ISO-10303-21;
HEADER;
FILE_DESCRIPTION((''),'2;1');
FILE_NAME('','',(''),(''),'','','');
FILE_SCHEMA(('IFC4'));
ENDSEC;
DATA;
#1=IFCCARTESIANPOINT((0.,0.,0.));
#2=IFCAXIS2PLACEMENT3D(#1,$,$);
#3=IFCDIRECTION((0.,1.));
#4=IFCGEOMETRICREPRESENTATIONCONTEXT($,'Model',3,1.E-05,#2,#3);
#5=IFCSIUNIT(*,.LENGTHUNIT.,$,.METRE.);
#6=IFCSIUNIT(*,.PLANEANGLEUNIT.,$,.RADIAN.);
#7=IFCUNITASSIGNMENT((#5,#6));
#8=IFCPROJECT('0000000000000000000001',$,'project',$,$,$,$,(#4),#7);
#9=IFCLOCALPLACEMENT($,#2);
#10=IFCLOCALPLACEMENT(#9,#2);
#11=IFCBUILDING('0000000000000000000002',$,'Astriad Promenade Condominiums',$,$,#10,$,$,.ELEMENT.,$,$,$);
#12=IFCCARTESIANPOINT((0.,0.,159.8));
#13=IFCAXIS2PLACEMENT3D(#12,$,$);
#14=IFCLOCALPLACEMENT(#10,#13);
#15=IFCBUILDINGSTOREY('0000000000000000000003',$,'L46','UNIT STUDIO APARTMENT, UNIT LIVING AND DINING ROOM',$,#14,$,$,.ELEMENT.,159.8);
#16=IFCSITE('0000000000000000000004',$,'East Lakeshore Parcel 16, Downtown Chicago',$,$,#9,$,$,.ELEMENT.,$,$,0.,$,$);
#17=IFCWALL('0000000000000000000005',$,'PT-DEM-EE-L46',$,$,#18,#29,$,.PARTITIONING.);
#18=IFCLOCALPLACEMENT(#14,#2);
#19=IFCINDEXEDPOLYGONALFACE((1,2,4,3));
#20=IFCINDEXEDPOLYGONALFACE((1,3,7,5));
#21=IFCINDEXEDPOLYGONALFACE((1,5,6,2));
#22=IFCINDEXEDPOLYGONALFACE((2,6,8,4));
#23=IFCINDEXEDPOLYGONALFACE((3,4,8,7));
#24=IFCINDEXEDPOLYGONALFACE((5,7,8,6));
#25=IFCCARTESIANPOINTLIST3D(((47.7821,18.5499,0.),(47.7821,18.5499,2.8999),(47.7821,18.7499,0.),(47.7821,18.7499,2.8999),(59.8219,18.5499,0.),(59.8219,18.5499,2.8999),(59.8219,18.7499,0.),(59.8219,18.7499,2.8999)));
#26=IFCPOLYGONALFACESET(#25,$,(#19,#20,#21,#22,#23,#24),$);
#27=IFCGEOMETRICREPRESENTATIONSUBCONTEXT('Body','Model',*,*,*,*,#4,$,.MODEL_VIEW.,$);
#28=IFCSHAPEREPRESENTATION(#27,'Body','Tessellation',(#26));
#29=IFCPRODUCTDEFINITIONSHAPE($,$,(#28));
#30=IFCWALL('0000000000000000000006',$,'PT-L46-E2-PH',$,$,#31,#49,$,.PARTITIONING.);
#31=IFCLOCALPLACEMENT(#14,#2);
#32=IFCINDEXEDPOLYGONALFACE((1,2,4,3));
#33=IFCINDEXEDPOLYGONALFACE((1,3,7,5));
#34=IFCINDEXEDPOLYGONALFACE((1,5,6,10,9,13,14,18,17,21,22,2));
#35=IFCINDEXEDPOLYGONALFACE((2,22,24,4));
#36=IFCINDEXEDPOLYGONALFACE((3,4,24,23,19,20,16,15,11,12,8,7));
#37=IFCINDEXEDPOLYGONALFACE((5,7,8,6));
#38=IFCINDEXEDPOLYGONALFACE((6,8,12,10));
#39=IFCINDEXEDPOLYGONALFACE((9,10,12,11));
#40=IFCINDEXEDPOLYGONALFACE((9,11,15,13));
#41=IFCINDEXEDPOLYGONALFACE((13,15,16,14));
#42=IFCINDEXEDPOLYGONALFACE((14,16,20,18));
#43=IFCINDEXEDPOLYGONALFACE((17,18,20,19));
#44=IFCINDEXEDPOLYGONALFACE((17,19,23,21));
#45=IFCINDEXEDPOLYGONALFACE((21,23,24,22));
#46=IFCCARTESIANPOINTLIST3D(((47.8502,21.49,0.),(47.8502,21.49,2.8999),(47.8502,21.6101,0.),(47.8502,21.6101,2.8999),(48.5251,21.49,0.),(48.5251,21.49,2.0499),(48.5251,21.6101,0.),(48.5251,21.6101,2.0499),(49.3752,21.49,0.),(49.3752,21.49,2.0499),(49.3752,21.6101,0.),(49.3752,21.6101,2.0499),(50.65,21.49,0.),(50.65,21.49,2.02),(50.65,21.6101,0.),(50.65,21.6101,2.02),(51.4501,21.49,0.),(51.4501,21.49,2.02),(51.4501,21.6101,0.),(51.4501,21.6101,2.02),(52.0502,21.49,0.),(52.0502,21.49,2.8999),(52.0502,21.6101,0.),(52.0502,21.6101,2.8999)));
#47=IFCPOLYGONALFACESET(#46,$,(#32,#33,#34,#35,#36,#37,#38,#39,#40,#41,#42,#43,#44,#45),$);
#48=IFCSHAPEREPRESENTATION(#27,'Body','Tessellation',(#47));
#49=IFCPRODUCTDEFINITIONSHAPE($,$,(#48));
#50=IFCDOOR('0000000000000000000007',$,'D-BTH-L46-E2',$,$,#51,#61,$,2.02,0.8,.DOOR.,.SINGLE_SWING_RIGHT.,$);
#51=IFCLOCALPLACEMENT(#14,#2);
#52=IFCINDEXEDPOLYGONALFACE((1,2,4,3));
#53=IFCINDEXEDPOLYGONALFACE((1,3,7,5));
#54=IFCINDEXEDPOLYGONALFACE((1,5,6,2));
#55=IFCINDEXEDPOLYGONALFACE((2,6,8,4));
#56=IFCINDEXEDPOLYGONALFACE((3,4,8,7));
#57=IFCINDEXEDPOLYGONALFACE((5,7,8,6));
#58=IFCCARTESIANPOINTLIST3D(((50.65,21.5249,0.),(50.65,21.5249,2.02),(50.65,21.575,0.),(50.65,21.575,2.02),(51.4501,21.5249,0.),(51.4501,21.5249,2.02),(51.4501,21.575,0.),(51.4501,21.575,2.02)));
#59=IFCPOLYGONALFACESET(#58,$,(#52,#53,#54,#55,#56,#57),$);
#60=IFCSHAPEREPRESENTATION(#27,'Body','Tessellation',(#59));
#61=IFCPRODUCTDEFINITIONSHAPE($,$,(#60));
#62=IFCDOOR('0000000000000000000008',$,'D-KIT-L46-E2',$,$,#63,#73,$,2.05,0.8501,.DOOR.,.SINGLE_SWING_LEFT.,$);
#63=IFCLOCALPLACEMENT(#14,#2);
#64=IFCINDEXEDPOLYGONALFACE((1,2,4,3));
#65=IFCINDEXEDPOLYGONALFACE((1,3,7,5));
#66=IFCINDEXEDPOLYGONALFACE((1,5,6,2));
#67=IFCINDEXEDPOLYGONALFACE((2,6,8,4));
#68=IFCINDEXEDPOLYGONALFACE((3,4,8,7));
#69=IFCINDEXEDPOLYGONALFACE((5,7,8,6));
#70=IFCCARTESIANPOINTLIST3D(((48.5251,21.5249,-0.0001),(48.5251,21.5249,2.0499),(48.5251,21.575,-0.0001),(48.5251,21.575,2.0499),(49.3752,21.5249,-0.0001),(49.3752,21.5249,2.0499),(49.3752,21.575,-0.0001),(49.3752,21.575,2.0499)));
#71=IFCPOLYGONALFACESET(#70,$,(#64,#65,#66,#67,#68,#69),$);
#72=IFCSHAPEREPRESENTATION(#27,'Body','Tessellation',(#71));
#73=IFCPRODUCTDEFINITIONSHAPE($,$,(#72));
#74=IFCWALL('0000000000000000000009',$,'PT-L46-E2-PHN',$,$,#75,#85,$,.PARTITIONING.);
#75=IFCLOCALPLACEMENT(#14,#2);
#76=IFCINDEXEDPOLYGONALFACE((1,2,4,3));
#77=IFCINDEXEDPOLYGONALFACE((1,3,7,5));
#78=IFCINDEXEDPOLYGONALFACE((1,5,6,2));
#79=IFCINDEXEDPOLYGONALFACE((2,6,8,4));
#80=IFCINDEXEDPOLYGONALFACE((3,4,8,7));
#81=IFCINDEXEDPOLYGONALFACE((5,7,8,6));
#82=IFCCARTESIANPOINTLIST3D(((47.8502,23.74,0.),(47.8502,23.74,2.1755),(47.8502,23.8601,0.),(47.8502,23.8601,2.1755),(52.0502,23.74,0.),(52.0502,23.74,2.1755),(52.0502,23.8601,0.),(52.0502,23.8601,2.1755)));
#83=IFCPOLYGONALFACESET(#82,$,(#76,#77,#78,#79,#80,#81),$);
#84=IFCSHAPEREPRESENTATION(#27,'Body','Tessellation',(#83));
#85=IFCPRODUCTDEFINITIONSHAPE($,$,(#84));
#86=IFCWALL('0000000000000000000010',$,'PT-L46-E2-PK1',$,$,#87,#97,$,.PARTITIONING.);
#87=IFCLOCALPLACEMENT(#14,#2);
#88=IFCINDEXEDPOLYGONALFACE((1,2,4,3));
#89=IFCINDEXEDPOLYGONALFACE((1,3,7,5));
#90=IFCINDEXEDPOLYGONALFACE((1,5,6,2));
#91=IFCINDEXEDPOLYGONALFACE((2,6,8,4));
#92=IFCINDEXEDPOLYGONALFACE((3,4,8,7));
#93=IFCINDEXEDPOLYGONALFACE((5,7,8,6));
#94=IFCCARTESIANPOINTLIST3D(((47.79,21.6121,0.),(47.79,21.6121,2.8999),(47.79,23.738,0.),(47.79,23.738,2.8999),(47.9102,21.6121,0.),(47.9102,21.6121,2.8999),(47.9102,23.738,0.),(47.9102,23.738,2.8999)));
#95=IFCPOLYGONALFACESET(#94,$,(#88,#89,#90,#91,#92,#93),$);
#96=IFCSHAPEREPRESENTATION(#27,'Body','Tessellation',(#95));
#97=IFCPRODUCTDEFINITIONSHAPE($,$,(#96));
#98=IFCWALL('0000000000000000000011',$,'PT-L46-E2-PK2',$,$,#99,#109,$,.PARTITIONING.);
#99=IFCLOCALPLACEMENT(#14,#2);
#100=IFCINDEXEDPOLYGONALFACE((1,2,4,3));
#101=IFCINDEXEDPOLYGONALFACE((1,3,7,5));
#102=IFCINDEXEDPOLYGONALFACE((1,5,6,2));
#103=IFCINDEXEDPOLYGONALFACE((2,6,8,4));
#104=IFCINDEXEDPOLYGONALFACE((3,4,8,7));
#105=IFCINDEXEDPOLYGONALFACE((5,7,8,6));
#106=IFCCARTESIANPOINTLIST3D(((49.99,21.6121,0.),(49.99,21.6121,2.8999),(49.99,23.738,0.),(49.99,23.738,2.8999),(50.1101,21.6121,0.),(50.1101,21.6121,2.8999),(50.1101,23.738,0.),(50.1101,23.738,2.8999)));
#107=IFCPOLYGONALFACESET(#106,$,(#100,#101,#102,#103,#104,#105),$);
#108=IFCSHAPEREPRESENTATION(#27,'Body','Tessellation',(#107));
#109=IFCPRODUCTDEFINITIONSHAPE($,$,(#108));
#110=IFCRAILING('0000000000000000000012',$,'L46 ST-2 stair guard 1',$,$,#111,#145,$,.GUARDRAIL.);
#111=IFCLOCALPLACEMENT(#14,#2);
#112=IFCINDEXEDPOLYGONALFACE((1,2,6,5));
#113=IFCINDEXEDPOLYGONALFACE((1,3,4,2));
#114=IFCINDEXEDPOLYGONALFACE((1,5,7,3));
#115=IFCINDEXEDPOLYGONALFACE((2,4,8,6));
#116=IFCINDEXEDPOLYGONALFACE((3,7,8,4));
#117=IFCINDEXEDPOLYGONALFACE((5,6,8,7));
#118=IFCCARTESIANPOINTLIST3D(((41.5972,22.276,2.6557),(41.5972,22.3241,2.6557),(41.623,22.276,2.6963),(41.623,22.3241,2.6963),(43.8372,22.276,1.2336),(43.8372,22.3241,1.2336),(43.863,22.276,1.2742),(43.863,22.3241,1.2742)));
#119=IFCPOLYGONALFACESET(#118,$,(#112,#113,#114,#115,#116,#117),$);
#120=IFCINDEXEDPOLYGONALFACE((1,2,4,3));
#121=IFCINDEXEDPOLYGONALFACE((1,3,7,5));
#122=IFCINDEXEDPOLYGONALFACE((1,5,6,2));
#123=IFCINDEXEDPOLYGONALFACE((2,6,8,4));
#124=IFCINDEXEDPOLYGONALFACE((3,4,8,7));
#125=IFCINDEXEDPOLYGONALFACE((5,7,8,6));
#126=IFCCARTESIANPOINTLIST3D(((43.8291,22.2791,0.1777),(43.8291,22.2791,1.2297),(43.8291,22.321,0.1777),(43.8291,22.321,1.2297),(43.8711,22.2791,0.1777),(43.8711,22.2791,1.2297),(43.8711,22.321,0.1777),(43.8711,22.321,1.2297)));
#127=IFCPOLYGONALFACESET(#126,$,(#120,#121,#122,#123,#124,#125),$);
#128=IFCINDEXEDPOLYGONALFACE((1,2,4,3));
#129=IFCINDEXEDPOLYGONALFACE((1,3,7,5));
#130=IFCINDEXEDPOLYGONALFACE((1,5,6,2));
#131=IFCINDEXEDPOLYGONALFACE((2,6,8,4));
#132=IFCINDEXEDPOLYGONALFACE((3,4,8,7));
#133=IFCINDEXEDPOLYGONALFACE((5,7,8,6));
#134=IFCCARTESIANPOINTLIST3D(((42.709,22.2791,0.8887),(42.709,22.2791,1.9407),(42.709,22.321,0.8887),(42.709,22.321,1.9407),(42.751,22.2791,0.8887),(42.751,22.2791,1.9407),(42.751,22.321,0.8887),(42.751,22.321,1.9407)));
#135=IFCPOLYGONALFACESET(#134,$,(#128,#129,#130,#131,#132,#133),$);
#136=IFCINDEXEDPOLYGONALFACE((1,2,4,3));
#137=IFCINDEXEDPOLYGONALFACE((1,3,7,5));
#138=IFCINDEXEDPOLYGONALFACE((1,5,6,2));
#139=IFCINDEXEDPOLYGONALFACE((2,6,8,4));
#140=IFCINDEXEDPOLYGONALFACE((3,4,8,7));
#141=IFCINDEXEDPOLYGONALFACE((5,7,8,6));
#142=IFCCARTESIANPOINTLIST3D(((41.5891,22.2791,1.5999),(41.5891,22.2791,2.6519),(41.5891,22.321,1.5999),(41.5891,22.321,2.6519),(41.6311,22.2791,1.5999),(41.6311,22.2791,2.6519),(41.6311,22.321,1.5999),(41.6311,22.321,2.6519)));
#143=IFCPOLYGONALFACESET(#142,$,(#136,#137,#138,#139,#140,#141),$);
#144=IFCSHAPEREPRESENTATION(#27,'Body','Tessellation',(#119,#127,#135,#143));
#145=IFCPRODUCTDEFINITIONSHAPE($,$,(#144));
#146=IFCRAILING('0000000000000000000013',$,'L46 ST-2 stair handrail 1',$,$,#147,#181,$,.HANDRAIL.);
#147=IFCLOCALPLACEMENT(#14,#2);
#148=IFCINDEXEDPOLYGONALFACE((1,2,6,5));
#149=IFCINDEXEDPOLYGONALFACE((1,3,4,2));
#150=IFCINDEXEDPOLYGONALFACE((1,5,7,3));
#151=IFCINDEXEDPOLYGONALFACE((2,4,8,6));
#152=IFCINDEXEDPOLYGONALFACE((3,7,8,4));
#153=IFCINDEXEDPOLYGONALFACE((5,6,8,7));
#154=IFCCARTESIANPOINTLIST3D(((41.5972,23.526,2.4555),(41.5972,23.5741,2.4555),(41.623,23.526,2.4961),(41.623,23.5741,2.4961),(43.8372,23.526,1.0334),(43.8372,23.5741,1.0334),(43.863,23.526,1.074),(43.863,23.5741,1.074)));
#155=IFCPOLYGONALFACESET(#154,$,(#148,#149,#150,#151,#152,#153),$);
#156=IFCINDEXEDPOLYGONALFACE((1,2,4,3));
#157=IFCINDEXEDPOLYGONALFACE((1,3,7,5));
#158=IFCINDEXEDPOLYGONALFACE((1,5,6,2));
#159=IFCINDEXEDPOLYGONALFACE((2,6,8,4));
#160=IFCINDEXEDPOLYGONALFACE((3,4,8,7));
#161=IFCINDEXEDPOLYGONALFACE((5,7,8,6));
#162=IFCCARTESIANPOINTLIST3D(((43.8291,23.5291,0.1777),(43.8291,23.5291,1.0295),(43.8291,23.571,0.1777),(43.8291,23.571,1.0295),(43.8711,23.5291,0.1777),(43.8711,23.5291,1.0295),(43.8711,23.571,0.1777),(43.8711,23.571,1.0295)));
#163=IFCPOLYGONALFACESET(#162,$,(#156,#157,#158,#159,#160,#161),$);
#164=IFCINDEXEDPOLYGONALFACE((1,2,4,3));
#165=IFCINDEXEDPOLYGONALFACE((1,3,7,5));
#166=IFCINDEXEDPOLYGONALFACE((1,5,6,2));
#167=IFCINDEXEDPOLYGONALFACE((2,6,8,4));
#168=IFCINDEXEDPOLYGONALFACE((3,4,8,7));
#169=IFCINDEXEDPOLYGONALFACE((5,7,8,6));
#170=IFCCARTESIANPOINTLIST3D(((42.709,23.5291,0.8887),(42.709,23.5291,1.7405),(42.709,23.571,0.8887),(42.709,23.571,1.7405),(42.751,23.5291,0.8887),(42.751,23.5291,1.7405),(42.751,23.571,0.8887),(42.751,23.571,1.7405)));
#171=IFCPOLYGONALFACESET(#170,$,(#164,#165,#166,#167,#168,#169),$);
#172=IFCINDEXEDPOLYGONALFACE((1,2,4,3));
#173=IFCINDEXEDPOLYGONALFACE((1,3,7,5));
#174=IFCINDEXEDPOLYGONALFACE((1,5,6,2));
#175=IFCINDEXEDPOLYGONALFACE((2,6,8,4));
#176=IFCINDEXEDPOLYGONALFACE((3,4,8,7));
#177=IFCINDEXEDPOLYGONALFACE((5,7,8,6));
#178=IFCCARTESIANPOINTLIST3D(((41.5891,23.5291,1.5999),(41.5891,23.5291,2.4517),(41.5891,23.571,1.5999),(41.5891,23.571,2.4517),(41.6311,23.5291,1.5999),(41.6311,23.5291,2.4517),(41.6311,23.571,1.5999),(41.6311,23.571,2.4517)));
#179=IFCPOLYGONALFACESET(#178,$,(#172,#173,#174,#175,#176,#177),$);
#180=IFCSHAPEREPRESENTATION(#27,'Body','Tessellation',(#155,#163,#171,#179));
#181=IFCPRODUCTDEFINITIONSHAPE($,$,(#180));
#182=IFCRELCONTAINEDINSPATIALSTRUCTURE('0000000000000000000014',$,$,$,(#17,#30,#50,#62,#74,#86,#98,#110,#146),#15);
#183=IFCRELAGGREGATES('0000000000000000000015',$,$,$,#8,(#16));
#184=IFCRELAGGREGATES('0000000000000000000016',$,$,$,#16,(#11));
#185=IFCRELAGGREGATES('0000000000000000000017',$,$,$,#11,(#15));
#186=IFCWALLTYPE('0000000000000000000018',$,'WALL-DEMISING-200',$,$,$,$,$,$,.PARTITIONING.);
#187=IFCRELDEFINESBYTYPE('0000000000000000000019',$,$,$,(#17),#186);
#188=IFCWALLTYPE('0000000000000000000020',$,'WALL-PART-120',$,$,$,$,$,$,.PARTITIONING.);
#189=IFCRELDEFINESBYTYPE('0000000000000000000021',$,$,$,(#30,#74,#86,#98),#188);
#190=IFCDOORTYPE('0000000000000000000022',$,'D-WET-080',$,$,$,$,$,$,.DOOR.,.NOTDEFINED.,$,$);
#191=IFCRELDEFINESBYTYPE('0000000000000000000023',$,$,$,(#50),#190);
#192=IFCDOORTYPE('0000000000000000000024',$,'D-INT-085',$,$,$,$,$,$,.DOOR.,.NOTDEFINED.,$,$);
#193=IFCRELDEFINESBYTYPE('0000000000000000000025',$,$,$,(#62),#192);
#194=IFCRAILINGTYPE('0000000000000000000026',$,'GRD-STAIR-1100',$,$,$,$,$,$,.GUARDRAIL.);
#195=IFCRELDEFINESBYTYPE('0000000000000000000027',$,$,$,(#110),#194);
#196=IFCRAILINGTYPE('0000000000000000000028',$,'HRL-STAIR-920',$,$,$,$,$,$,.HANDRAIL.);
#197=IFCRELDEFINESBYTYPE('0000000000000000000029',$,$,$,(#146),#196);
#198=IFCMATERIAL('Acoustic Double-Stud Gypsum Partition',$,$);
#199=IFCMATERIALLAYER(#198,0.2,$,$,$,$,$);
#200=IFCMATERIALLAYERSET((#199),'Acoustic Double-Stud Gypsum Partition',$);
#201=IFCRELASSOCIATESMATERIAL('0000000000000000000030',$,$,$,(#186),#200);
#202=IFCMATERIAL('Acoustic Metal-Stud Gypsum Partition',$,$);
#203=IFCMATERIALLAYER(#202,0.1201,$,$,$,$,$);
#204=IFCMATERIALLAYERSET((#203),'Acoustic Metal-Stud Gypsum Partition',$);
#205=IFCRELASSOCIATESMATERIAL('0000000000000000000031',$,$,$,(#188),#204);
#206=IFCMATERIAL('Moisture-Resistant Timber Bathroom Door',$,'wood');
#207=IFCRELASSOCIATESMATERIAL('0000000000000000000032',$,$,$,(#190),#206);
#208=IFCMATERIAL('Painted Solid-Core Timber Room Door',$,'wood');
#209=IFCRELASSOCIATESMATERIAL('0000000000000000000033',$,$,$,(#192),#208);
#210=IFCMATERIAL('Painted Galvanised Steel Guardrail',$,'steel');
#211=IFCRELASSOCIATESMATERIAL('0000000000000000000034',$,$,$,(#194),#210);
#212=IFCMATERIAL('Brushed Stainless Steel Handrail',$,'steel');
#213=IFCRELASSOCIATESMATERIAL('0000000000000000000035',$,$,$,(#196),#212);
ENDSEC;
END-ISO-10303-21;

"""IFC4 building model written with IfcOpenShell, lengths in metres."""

from ifc_helpers import new_model, si_unit, direction, frame, frame_2d, origin, origin_2d, place, context, subcontext, project, spatial, rectangle, extrude, source, transform, mapped, material, layer, layer_set, type_object, type_shapes, element, fill, save


model = new_model("IFC4")

# Units and contexts
model_context = context("Model", 3, precision=1e-05, world=origin(), true_north=direction((0.0, 1.0)))
body_context = subcontext(model_context, "Body", "Model", "MODEL_VIEW")
ifc_project = project(units=[si_unit("LENGTHUNIT", "METRE"), si_unit("PLANEANGLEUNIT", "RADIAN")], contexts=[model_context])

# Site, building, storey
site_placement = place(None, origin())
site = spatial("IfcSite", under=ifc_project, at=site_placement, Name="East Lakeshore Parcel 16, Downtown Chicago", CompositionType="ELEMENT", RefElevation=0.0)
building_placement = place(site_placement, origin())
building = spatial("IfcBuilding", under=site, at=building_placement, Name="Astriad Promenade Condominiums", CompositionType="ELEMENT")
storey_placement = place(building_placement, frame((0.0, 0.0, 159.8)))
storey = spatial("IfcBuildingStorey", under=building, at=storey_placement, Name="L46", Description="UNIT STUDIO APARTMENT, UNIT LIVING AND DINING ROOM", CompositionType="ELEMENT", Elevation=159.8)

# Wall
ifc_material_1 = material(Name="Acoustic Double-Stud Gypsum Partition")
ifc_layer_1 = layer(ifc_material_1, 0.2)
ifc_layer_set_1 = layer_set([ifc_layer_1], Name="Acoustic Double-Stud Gypsum Partition")
wall_type_1 = type_object("IfcWallType", Name="WALL-DEMISING-200", PredefinedType="PARTITIONING", material=ifc_layer_set_1)
wall_1_placement = place(storey_placement, frame((47.782, 18.6499, 0.0), z_axis=(0.0, 0.0, 1.0), x_axis=(1.0, 0.0, 0.0)))
element("IfcWall", 1, at=wall_1_placement, inside=storey, type_object=wall_type_1, Name="PT-DEM-EE-L46", PredefinedType="PARTITIONING", context=body_context, shape_type="SweptSolid", body=[
    extrude(rectangle(XDim=12.0398, YDim=0.2, at=frame_2d((6.02, 0.0))), origin(), (0.0, 0.0, 1.0), 2.8999),
])

# Wall, openings, doors
ifc_material_2 = material(Name="Acoustic Metal-Stud Gypsum Partition")
ifc_layer_2 = layer(ifc_material_2, 0.1201)
ifc_layer_set_2 = layer_set([ifc_layer_2], Name="Acoustic Metal-Stud Gypsum Partition")
wall_type_2 = type_object("IfcWallType", Name="WALL-PART-120", PredefinedType="PARTITIONING", material=ifc_layer_set_2)
wall_2_placement = place(storey_placement, frame((47.8501, 21.55, 0.0), z_axis=(0.0, 0.0, 1.0), x_axis=(1.0, 0.0, 0.0)))
wall_2 = element("IfcWall", 2, at=wall_2_placement, inside=storey, type_object=wall_type_2, Name="PT-L46-E2-PH", PredefinedType="PARTITIONING", context=body_context, shape_type="SweptSolid", body=[
    extrude(rectangle(XDim=4.2, YDim=0.1201, at=frame_2d((2.1001, 0.0))), origin(), (0.0, 0.0, 1.0), 2.8999),
])
opening_1_placement = place(wall_2_placement, frame((0.675, 0.0, 0.0)))
opening_1 = element("IfcOpeningElement", 3, at=opening_1_placement, cuts=wall_2, PredefinedType="OPENING", context=body_context, shape_type="SweptSolid", body=[
    extrude(rectangle(XDim=0.8501, YDim=2.05, at=frame_2d((0.425, 1.0249))), frame((0.0, 0.0701, 0.0), z_axis=(0.0, -1.0, 0.0), x_axis=(1.0, 0.0, 0.0)), (0.0, 0.0, 1.0), 0.1401),
])
opening_2_placement = place(wall_2_placement, frame((2.8, 0.0, 0.0)))
opening_2 = element("IfcOpeningElement", 4, at=opening_2_placement, cuts=wall_2, PredefinedType="OPENING", context=body_context, shape_type="SweptSolid", body=[
    extrude(rectangle(XDim=0.8, YDim=2.02, at=frame_2d((0.3999, 1.01))), frame((0.0, 0.0701, 0.0), z_axis=(0.0, -1.0, 0.0), x_axis=(1.0, 0.0, 0.0)), (0.0, 0.0, 1.0), 0.1401),
])
ifc_material_3 = material(Name="Moisture-Resistant Timber Bathroom Door", Category="wood")
door_type_1 = type_object("IfcDoorType", Name="D-WET-080", OperationType="NOTDEFINED", PredefinedType="DOOR", material=ifc_material_3)
shared_shape_1 = source(origin(), body_context, "Body", "SweptSolid", [
    extrude(rectangle(XDim=0.8, YDim=2.02, at=frame_2d((0.3999, 1.01))), frame((0.0, 0.0249, 0.0), z_axis=(0.0, -1.0, 0.0), x_axis=(1.0, 0.0, 0.0)), (0.0, 0.0, 1.0), 0.05),
])
type_shapes(door_type_1, [shared_shape_1])
door_1_placement = place(opening_2_placement, origin())
door_1 = element("IfcDoor", 5, at=door_1_placement, inside=storey, type_object=door_type_1, Name="D-BTH-L46-E2", OperationType="SINGLE_SWING_RIGHT", OverallHeight=2.02, OverallWidth=0.8, PredefinedType="DOOR", context=body_context, shape_type="MappedRepresentation", body=[
    mapped(shared_shape_1, transform((0.0, 0.0, 0.0), scale=1.0)),
])
fill(opening_2, door_1)
ifc_material_4 = material(Name="Painted Solid-Core Timber Room Door", Category="wood")
door_type_2 = type_object("IfcDoorType", Name="D-INT-085", OperationType="NOTDEFINED", PredefinedType="DOOR", material=ifc_material_4)
shared_shape_2 = source(origin(), body_context, "Body", "SweptSolid", [
    extrude(rectangle(XDim=0.8501, YDim=2.05, at=frame_2d((0.425, 1.0249))), frame((0.0, 0.0249, 0.0), z_axis=(0.0, -1.0, 0.0), x_axis=(1.0, 0.0, 0.0)), (0.0, 0.0, 1.0), 0.05),
])
type_shapes(door_type_2, [shared_shape_2])
door_2_placement = place(opening_1_placement, origin())
door_2 = element("IfcDoor", 6, at=door_2_placement, inside=storey, type_object=door_type_2, Name="D-KIT-L46-E2", OperationType="SINGLE_SWING_LEFT", OverallHeight=2.05, OverallWidth=0.8501, PredefinedType="DOOR", context=body_context, shape_type="MappedRepresentation", body=[
    mapped(shared_shape_2, transform((0.0, 0.0, 0.0), scale=1.0)),
])
fill(opening_1, door_2)

# Walls
wall_3_placement = place(storey_placement, frame((47.8501, 23.8, 0.0), z_axis=(0.0, 0.0, 1.0), x_axis=(1.0, 0.0, 0.0)))
element("IfcWall", 7, at=wall_3_placement, inside=storey, type_object=wall_type_2, Name="PT-L46-E2-PHN", PredefinedType="PARTITIONING", context=body_context, shape_type="SweptSolid", body=[
    extrude(rectangle(XDim=4.2, YDim=0.1201, at=frame_2d((2.1001, 0.0))), origin(), (0.0, 0.0, 1.0), 2.1755),
])
for number, where, z_axis, x_axis, name in (
    (8, (47.8501, 21.6121, 0.0), (0.0, 0.0, 1.0), (0.0, 1.0, 0.0), "PT-L46-E2-PK1"),
    (9, (50.05, 21.6121, 0.0), (0.0, 0.0, 1.0), (0.0, 1.0, 0.0), "PT-L46-E2-PK2"),
):
    element("IfcWall", number, at=place(storey_placement, frame(where, z_axis=z_axis, x_axis=x_axis)), inside=storey, type_object=wall_type_2, Name=name, PredefinedType="PARTITIONING", context=body_context, shape_type="SweptSolid", body=[
        extrude(rectangle(XDim=2.126, YDim=0.1201, at=frame_2d((1.063, 0.0))), origin(), (0.0, 0.0, 1.0), 2.8999),
    ])

# Railings
ifc_material_5 = material(Name="Painted Galvanised Steel Guardrail", Category="steel")
railing_type_1 = type_object("IfcRailingType", Name="GRD-STAIR-1100", PredefinedType="GUARDRAIL", material=ifc_material_5)
shared_shape_3 = source(origin(), body_context, "Body", "SweptSolid", [
    extrude(rectangle(XDim=0.0481, YDim=0.0481, at=origin_2d()), frame((0.0, 0.0, 1.0762), z_axis=(-0.844229, 0.0, 0.535982), x_axis=(0.0, -1.0, 0.0)), (0.0, 0.0, 1.0), 2.6533),
    extrude(rectangle(XDim=0.042, YDim=0.042, at=origin_2d()), origin(), (0.0, 0.0, 1.0), 1.052),
    extrude(rectangle(XDim=0.042, YDim=0.042, at=origin_2d()), frame((-1.1201, 0.0, 0.7109)), (0.0, 0.0, 1.0), 1.052),
    extrude(rectangle(XDim=0.042, YDim=0.042, at=origin_2d()), frame((-2.24, 0.0, 1.4221)), (0.0, 0.0, 1.0), 1.052),
])
railing_1_placement = place(storey_placement, frame((43.8501, 22.3, 0.1777)))
element("IfcRailing", 10, at=railing_1_placement, inside=storey, type_object=railing_type_1, Name="L46 ST-2 stair guard 1", PredefinedType="GUARDRAIL", context=body_context, shape_type="MappedRepresentation", body=[
    mapped(shared_shape_3, transform((0.0, 0.0, 0.0), scale=1.0)),
])
ifc_material_6 = material(Name="Brushed Stainless Steel Handrail", Category="steel")
railing_type_2 = type_object("IfcRailingType", Name="HRL-STAIR-920", PredefinedType="HANDRAIL", material=ifc_material_6)
shared_shape_4 = source(origin(), body_context, "Body", "SweptSolid", [
    extrude(rectangle(XDim=0.0481, YDim=0.0481, at=origin_2d()), frame((0.0, 0.0, 0.876), z_axis=(-0.844229, 0.0, 0.535982), x_axis=(0.0, -1.0, 0.0)), (0.0, 0.0, 1.0), 2.6533),
    extrude(rectangle(XDim=0.042, YDim=0.042, at=origin_2d()), origin(), (0.0, 0.0, 1.0), 0.8518),
    extrude(rectangle(XDim=0.042, YDim=0.042, at=origin_2d()), frame((-1.1201, 0.0, 0.7109)), (0.0, 0.0, 1.0), 0.8518),
    extrude(rectangle(XDim=0.042, YDim=0.042, at=origin_2d()), frame((-2.24, 0.0, 1.4221)), (0.0, 0.0, 1.0), 0.8518),
])
type_shapes(railing_type_2, [shared_shape_4])
railing_2_placement = place(storey_placement, frame((43.8501, 23.55, 0.1777)))
element("IfcRailing", 11, at=railing_2_placement, inside=storey, type_object=railing_type_2, Name="L46 ST-2 stair handrail 1", PredefinedType="HANDRAIL", context=body_context, shape_type="MappedRepresentation", body=[
    mapped(shared_shape_4, transform((0.0, 0.0, 0.0), scale=1.0)),
])

save(model, "model.ifc")
